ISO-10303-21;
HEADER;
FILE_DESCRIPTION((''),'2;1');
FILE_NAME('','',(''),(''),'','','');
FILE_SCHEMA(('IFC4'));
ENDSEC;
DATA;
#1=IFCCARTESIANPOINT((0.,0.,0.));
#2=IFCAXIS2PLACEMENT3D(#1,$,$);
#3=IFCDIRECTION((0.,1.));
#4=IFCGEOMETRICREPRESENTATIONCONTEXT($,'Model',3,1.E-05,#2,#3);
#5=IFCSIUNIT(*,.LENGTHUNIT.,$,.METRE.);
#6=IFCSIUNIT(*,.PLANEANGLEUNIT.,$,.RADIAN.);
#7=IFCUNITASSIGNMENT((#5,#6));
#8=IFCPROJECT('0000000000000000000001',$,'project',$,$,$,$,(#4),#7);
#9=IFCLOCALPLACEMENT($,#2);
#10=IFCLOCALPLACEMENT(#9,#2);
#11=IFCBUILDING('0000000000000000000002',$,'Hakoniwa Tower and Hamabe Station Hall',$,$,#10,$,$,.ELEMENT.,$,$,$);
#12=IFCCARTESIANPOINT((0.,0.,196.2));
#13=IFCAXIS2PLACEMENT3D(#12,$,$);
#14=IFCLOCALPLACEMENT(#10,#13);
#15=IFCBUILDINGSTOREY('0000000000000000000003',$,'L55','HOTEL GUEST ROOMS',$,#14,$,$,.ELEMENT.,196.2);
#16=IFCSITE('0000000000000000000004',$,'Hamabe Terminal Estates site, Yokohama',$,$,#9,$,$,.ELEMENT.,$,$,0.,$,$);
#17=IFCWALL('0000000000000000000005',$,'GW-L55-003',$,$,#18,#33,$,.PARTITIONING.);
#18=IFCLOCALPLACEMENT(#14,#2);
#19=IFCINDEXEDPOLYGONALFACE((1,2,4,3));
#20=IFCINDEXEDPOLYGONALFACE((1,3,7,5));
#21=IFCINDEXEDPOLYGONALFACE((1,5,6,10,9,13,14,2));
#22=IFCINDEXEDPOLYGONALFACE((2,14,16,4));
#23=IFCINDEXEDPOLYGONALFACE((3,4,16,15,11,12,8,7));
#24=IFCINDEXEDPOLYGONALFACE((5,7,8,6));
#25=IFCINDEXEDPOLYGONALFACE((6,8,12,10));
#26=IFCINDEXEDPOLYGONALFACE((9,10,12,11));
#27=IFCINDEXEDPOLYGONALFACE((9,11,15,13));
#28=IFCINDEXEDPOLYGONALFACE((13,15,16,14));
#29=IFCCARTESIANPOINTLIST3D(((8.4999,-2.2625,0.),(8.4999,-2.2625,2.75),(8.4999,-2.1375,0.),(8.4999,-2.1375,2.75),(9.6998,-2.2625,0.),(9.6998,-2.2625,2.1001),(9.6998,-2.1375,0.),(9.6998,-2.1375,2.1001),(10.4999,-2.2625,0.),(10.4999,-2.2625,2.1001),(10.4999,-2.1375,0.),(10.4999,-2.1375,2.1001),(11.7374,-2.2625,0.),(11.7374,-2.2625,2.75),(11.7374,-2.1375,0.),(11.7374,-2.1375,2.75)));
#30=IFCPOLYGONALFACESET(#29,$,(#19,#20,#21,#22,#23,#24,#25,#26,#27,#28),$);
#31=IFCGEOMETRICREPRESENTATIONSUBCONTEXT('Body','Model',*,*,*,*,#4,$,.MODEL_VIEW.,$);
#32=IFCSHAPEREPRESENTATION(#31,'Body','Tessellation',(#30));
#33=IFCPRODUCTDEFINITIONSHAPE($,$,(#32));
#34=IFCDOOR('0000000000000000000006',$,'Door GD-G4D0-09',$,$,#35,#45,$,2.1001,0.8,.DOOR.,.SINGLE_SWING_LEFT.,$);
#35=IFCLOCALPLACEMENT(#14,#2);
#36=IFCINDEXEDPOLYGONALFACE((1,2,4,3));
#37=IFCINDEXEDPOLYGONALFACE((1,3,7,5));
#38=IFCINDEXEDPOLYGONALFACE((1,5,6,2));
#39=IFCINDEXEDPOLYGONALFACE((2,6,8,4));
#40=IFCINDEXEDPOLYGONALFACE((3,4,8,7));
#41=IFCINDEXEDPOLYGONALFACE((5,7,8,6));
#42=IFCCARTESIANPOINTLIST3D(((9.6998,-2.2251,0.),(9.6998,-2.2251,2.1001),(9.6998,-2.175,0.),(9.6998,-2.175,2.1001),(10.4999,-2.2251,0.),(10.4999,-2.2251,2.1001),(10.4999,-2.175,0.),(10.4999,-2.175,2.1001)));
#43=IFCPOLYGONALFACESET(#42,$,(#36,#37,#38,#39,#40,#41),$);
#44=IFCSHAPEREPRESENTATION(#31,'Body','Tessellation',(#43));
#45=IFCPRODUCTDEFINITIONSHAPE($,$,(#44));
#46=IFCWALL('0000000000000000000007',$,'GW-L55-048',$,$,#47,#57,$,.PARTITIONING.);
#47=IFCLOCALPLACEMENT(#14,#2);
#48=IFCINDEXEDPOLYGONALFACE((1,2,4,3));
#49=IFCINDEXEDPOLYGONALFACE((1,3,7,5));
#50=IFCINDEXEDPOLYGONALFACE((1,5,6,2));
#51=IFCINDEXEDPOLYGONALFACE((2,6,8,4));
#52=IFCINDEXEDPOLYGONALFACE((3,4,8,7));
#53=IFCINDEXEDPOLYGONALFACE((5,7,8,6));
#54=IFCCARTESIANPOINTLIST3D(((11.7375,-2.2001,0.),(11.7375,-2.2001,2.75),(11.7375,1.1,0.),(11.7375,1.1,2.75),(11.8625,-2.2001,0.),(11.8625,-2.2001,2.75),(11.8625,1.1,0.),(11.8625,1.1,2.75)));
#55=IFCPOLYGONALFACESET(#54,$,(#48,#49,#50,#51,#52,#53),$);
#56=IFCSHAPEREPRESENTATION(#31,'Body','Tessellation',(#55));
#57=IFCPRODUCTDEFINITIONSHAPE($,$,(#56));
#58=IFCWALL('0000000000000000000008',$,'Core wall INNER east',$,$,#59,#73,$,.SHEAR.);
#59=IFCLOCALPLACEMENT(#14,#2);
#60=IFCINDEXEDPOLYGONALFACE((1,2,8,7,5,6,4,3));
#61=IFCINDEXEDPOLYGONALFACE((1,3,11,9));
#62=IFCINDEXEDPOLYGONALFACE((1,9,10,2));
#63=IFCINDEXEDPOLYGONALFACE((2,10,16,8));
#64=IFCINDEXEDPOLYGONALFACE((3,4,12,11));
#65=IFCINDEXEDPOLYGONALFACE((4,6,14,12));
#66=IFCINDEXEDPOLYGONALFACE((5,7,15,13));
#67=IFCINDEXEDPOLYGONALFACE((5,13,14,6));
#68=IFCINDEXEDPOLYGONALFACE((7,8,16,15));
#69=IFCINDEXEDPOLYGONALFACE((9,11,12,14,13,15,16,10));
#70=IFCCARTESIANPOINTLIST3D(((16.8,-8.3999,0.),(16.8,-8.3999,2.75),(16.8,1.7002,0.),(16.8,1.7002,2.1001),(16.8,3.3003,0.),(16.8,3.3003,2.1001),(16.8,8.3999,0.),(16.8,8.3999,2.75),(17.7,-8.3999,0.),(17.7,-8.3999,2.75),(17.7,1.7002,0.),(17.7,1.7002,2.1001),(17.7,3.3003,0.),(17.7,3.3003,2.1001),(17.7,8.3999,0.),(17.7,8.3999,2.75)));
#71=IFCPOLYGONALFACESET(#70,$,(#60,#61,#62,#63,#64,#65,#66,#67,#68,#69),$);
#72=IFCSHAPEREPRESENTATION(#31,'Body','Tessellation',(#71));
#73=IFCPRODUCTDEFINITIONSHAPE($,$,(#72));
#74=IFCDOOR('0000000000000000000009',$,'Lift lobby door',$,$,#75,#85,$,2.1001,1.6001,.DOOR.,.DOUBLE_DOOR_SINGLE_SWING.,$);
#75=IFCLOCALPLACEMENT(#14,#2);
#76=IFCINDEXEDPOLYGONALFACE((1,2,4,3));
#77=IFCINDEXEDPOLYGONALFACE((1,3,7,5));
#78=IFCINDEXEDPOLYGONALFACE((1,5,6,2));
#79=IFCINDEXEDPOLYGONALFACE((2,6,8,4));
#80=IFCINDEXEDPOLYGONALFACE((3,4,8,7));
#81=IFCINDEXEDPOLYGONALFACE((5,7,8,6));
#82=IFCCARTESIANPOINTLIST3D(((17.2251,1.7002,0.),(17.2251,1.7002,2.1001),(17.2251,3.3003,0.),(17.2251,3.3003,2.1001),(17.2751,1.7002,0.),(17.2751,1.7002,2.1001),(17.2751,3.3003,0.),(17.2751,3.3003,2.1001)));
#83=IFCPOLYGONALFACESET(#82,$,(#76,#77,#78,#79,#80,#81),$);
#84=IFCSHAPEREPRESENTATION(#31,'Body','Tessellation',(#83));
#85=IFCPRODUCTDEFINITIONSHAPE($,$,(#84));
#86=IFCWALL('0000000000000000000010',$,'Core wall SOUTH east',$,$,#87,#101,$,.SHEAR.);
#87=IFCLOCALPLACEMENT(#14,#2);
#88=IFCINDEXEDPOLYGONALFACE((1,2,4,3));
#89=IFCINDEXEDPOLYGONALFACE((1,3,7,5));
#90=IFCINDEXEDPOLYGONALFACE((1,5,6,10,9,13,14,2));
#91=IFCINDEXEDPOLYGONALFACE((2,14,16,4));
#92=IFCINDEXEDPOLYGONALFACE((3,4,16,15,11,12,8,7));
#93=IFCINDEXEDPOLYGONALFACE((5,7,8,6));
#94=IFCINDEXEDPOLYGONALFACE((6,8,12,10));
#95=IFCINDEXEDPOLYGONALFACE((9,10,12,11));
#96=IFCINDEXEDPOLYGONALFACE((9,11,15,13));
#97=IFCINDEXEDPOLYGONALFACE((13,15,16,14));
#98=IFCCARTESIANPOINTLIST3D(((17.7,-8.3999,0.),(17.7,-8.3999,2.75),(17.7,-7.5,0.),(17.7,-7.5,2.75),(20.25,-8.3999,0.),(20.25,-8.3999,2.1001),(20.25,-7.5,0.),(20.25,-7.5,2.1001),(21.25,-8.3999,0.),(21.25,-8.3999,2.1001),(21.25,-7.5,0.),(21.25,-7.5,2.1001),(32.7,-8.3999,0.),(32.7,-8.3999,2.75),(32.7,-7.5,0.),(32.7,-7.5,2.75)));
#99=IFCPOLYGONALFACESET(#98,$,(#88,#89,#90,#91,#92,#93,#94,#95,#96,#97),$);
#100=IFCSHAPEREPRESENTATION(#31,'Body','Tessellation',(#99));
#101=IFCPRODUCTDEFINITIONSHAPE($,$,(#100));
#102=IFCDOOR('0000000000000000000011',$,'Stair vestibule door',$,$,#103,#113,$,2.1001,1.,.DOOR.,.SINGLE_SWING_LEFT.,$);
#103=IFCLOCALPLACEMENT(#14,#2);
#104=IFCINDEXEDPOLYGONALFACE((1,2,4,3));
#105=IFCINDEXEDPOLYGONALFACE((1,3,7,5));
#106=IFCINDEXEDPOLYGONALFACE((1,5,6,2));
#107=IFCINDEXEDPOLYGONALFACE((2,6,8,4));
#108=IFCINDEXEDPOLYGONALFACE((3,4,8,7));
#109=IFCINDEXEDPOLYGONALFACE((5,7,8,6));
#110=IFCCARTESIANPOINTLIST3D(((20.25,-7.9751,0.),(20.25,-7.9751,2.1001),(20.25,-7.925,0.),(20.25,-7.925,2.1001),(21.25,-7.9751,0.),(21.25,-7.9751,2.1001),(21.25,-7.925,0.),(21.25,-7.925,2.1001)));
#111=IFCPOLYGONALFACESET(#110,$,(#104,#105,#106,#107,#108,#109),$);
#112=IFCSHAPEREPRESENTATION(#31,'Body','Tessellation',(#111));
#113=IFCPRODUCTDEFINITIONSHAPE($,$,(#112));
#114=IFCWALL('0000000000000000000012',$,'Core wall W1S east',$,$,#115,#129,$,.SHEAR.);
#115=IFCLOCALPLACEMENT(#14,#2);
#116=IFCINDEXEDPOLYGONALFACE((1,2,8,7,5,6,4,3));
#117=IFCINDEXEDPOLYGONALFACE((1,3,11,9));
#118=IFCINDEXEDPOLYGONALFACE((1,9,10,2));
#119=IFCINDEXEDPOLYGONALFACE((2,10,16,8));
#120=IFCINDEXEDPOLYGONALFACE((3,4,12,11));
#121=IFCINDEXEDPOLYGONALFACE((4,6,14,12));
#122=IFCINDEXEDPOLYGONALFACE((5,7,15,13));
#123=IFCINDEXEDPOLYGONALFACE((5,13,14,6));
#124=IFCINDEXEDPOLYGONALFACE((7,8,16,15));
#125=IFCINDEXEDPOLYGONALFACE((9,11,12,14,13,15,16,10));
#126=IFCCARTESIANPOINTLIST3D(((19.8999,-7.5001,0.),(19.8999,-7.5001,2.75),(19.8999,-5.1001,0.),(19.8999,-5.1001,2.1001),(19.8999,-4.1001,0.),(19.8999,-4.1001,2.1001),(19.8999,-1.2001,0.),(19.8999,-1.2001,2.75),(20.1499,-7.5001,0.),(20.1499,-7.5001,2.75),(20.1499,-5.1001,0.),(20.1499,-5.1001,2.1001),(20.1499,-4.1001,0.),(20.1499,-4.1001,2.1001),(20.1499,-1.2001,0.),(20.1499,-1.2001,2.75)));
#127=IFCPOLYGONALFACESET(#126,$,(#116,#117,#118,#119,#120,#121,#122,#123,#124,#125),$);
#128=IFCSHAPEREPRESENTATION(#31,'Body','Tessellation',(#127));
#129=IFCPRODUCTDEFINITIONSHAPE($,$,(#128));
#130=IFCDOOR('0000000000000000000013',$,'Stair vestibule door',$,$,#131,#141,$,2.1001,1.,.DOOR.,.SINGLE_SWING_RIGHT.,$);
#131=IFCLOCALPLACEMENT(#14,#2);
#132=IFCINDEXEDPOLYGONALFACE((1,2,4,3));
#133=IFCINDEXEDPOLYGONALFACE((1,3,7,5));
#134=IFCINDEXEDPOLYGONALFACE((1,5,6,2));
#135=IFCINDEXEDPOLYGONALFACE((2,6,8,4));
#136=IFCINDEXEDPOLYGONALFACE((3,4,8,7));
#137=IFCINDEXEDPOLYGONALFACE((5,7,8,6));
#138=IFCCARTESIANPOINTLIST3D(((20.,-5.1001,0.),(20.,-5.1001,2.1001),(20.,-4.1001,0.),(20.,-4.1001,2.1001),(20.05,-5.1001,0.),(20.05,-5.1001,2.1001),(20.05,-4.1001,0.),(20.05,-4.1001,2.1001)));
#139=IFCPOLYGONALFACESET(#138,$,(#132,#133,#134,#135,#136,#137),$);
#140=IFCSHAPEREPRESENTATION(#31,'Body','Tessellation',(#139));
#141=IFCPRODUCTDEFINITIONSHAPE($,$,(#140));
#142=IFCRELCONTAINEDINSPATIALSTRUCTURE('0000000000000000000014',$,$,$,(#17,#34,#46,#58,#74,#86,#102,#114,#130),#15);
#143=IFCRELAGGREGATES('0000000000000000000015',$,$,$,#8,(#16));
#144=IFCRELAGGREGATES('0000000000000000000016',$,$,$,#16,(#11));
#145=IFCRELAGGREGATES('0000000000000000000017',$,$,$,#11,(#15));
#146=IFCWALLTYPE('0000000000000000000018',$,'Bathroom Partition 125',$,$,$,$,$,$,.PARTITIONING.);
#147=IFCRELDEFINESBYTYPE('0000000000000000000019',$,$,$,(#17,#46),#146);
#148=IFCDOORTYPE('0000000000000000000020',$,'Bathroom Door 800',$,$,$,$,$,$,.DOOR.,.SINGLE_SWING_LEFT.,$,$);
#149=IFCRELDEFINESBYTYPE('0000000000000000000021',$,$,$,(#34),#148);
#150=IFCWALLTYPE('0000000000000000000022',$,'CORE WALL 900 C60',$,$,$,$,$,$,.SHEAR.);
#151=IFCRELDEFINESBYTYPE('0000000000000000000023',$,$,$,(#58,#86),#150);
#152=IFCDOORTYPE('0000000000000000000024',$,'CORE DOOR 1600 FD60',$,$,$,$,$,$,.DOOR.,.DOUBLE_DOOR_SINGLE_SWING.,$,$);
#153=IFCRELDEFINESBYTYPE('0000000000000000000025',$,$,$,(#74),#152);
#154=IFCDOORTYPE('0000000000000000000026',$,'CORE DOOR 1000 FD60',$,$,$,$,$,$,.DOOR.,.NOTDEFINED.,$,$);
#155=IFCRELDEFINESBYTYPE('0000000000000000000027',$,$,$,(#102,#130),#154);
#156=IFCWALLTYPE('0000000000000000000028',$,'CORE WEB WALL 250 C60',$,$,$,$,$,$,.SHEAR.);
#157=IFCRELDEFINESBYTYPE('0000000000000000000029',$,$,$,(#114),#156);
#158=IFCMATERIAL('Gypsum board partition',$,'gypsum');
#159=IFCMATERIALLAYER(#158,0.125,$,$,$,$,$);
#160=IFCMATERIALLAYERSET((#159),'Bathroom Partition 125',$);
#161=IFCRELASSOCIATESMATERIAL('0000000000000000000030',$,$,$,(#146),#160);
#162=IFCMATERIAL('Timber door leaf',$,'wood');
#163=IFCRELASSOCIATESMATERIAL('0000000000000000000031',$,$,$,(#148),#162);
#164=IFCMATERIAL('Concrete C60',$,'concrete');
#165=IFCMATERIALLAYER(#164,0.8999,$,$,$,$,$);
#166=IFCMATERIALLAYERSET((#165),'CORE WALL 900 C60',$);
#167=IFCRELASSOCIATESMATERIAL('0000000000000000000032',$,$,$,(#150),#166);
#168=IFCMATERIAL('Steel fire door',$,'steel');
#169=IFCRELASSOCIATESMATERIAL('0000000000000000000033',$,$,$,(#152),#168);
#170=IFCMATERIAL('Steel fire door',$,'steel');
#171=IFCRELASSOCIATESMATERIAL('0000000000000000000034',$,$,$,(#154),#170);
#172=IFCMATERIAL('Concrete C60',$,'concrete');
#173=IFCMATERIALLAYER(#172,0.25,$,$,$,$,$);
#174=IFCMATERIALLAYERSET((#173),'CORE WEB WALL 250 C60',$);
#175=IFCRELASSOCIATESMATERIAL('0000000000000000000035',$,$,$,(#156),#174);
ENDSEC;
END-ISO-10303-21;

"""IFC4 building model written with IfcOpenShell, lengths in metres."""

from ifc_helpers import new_model, si_unit, direction, frame, frame_2d, origin, place, context, subcontext, project, spatial, rectangle, extrude, material, layer, layer_set, type_object, element, fill, save


model = new_model("IFC4")

# Units and contexts
model_context = context("Model", 3, precision=1e-05, world=origin(), true_north=direction((0.0, 1.0)))
body_context = subcontext(model_context, "Body", "Model", "MODEL_VIEW")
ifc_project = project(units=[si_unit("LENGTHUNIT", "METRE"), si_unit("PLANEANGLEUNIT", "RADIAN")], contexts=[model_context])

# Site, building, storey
site_placement = place(None, origin())
site = spatial("IfcSite", under=ifc_project, at=site_placement, Name="Hamabe Terminal Estates site, Yokohama", CompositionType="ELEMENT", RefElevation=0.0)
building_placement = place(site_placement, origin())
building = spatial("IfcBuilding", under=site, at=building_placement, Name="Hakoniwa Tower and Hamabe Station Hall", CompositionType="ELEMENT")
storey_placement = place(building_placement, frame((0.0, 0.0, 196.2)))
storey = spatial("IfcBuildingStorey", under=building, at=storey_placement, Name="L55", Description="HOTEL GUEST ROOMS", CompositionType="ELEMENT", Elevation=196.2)

# Wall, opening, door
ifc_material_1 = material(Name="Gypsum board partition", Category="gypsum")
ifc_layer_1 = layer(ifc_material_1, 0.125)
ifc_layer_set_1 = layer_set([ifc_layer_1], Name="Bathroom Partition 125")
wall_type_1 = type_object("IfcWallType", Name="Bathroom Partition 125", PredefinedType="PARTITIONING", material=ifc_layer_set_1)
wall_1_placement = place(storey_placement, frame((8.5, -2.2, 0.0), z_axis=(0.0, 0.0, 1.0), x_axis=(1.0, 0.0, 0.0)))
wall_1 = element("IfcWall", 1, at=wall_1_placement, inside=storey, type_object=wall_type_1, Name="GW-L55-003", PredefinedType="PARTITIONING", context=body_context, shape_type="SweptSolid", body=[
    extrude(rectangle(XDim=3.2375, YDim=0.125, at=frame_2d((1.6187, 0.0))), origin(), (0.0, 0.0, 1.0), 2.75),
])
opening_1_placement = place(wall_1_placement, frame((1.2, 0.0, 0.0)))
opening_1 = element("IfcOpeningElement", 2, at=opening_1_placement, cuts=wall_1, PredefinedType="OPENING", context=body_context, shape_type="SweptSolid", body=[
    extrude(rectangle(XDim=0.8, YDim=2.1001, at=frame_2d((0.3999, 1.05))), frame((0.0, 0.0725, 0.0), z_axis=(0.0, -1.0, 0.0), x_axis=(1.0, 0.0, 0.0)), (0.0, 0.0, 1.0), 0.145),
])
ifc_material_2 = material(Name="Timber door leaf", Category="wood")
door_type_1 = type_object("IfcDoorType", Name="Bathroom Door 800", OperationType="SINGLE_SWING_LEFT", PredefinedType="DOOR", material=ifc_material_2)
door_1_placement = place(opening_1_placement, origin())
door_1 = element("IfcDoor", 3, at=door_1_placement, inside=storey, type_object=door_type_1, Name="Door GD-G4D0-09", OperationType="SINGLE_SWING_LEFT", OverallHeight=2.1001, OverallWidth=0.8, PredefinedType="DOOR", context=body_context, shape_type="SweptSolid", body=[
    extrude(rectangle(XDim=0.8, YDim=2.1001, at=frame_2d((0.3999, 1.05))), frame((0.0, 0.0249, 0.0), z_axis=(0.0, -1.0, 0.0), x_axis=(1.0, 0.0, 0.0)), (0.0, 0.0, 1.0), 0.05),
])
fill(opening_1, door_1)

# Wall
wall_2_placement = place(storey_placement, frame((11.8, -2.2, 0.0), z_axis=(0.0, 0.0, 1.0), x_axis=(0.0, 1.0, 0.0)))
element("IfcWall", 4, at=wall_2_placement, inside=storey, type_object=wall_type_1, Name="GW-L55-048", PredefinedType="PARTITIONING", context=body_context, shape_type="SweptSolid", body=[
    extrude(rectangle(XDim=3.3, YDim=0.125, at=frame_2d((1.6499, 0.0))), origin(), (0.0, 0.0, 1.0), 2.75),
])

# Walls, openings, doors
ifc_material_3 = material(Name="Concrete C60", Category="concrete")
ifc_layer_2 = layer(ifc_material_3, 0.8999)
ifc_layer_set_2 = layer_set([ifc_layer_2], Name="CORE WALL 900 C60")
wall_type_2 = type_object("IfcWallType", Name="CORE WALL 900 C60", PredefinedType="SHEAR", material=ifc_layer_set_2)
wall_3_placement = place(storey_placement, frame((17.25, -8.3999, 0.0), z_axis=(0.0, 0.0, 1.0), x_axis=(0.0, 1.0, 0.0)))
wall_3 = element("IfcWall", 5, at=wall_3_placement, inside=storey, type_object=wall_type_2, Name="Core wall INNER east", PredefinedType="SHEAR", context=body_context, shape_type="SweptSolid", body=[
    extrude(rectangle(XDim=16.7998, YDim=0.8999, at=frame_2d((8.3999, 0.0))), origin(), (0.0, 0.0, 1.0), 2.75),
])
opening_2_placement = place(wall_3_placement, frame((10.1001, 0.0, 0.0)))
opening_2 = element("IfcOpeningElement", 6, at=opening_2_placement, cuts=wall_3, PredefinedType="OPENING", context=body_context, shape_type="SweptSolid", body=[
    extrude(rectangle(XDim=1.6001, YDim=2.1001, at=frame_2d((0.8, 1.05))), frame((0.0, 0.46, 0.0), z_axis=(0.0, -1.0, 0.0), x_axis=(1.0, 0.0, 0.0)), (0.0, 0.0, 1.0), 0.9199),
])
ifc_material_4 = material(Name="Steel fire door", Category="steel")
door_type_2 = type_object("IfcDoorType", Name="CORE DOOR 1600 FD60", OperationType="DOUBLE_DOOR_SINGLE_SWING", PredefinedType="DOOR", material=ifc_material_4)
door_2_placement = place(opening_2_placement, origin())
door_2 = element("IfcDoor", 7, at=door_2_placement, inside=storey, type_object=door_type_2, Name="Lift lobby door", OperationType="DOUBLE_DOOR_SINGLE_SWING", OverallHeight=2.1001, OverallWidth=1.6001, PredefinedType="DOOR", context=body_context, shape_type="SweptSolid", body=[
    extrude(rectangle(XDim=1.6001, YDim=2.1001, at=frame_2d((0.8, 1.05))), frame((0.0, 0.0249, 0.0), z_axis=(0.0, -1.0, 0.0), x_axis=(1.0, 0.0, 0.0)), (0.0, 0.0, 1.0), 0.05),
])
fill(opening_2, door_2)
wall_4_placement = place(storey_placement, frame((17.7, -7.95, 0.0), z_axis=(0.0, 0.0, 1.0), x_axis=(1.0, 0.0, 0.0)))
wall_4 = element("IfcWall", 8, at=wall_4_placement, inside=storey, type_object=wall_type_2, Name="Core wall SOUTH east", PredefinedType="SHEAR", context=body_context, shape_type="SweptSolid", body=[
    extrude(rectangle(XDim=15.0, YDim=0.8999, at=frame_2d((7.5, 0.0))), origin(), (0.0, 0.0, 1.0), 2.75),
])
opening_3_placement = place(wall_4_placement, frame((2.55, 0.0, 0.0)))
opening_3 = element("IfcOpeningElement", 9, at=opening_3_placement, cuts=wall_4, PredefinedType="OPENING", context=body_context, shape_type="SweptSolid", body=[
    extrude(rectangle(XDim=1.0, YDim=2.1001, at=frame_2d((0.5, 1.05))), frame((0.0, 0.46, 0.0), z_axis=(0.0, -1.0, 0.0), x_axis=(1.0, 0.0, 0.0)), (0.0, 0.0, 1.0), 0.9199),
])
ifc_material_5 = material(Name="Steel fire door", Category="steel")
door_type_3 = type_object("IfcDoorType", Name="CORE DOOR 1000 FD60", OperationType="NOTDEFINED", PredefinedType="DOOR", material=ifc_material_5)
door_3_placement = place(opening_3_placement, origin())
door_3 = element("IfcDoor", 10, at=door_3_placement, inside=storey, type_object=door_type_3, Name="Stair vestibule door", OperationType="SINGLE_SWING_LEFT", OverallHeight=2.1001, OverallWidth=1.0, PredefinedType="DOOR", context=body_context, shape_type="SweptSolid", body=[
    extrude(rectangle(XDim=1.0, YDim=2.1001, at=frame_2d((0.5, 1.05))), frame((0.0, 0.0249, 0.0), z_axis=(0.0, -1.0, 0.0), x_axis=(1.0, 0.0, 0.0)), (0.0, 0.0, 1.0), 0.05),
])
fill(opening_3, door_3)
ifc_material_6 = material(Name="Concrete C60", Category="concrete")
ifc_layer_3 = layer(ifc_material_6, 0.25)
ifc_layer_set_3 = layer_set([ifc_layer_3], Name="CORE WEB WALL 250 C60")
wall_type_3 = type_object("IfcWallType", Name="CORE WEB WALL 250 C60", PredefinedType="SHEAR", material=ifc_layer_set_3)
wall_5_placement = place(storey_placement, frame((20.0249, -7.5, 0.0), z_axis=(0.0, 0.0, 1.0), x_axis=(0.0, 1.0, 0.0)))
wall_5 = element("IfcWall", 11, at=wall_5_placement, inside=storey, type_object=wall_type_3, Name="Core wall W1S east", PredefinedType="SHEAR", context=body_context, shape_type="SweptSolid", body=[
    extrude(rectangle(XDim=6.3, YDim=0.25, at=frame_2d((3.1499, 0.0))), origin(), (0.0, 0.0, 1.0), 2.75),
])
opening_4_placement = place(wall_5_placement, frame((2.3999, 0.0, 0.0)))
opening_4 = element("IfcOpeningElement", 12, at=opening_4_placement, cuts=wall_5, PredefinedType="OPENING", context=body_context, shape_type="SweptSolid", body=[
    extrude(rectangle(XDim=1.0, YDim=2.1001, at=frame_2d((0.5, 1.05))), frame((0.0, 0.135, 0.0), z_axis=(0.0, -1.0, 0.0), x_axis=(1.0, 0.0, 0.0)), (0.0, 0.0, 1.0), 0.27),
])
door_4_placement = place(opening_4_placement, origin())
door_4 = element("IfcDoor", 13, at=door_4_placement, inside=storey, type_object=door_type_3, Name="Stair vestibule door", OperationType="SINGLE_SWING_RIGHT", OverallHeight=2.1001, OverallWidth=1.0, PredefinedType="DOOR", context=body_context, shape_type="SweptSolid", body=[
    extrude(rectangle(XDim=1.0, YDim=2.1001, at=frame_2d((0.5, 1.05))), frame((0.0, 0.0249, 0.0), z_axis=(0.0, -1.0, 0.0), x_axis=(1.0, 0.0, 0.0)), (0.0, 0.0, 1.0), 0.05),
])
fill(opening_4, door_4)

save(model, "model.ifc")
